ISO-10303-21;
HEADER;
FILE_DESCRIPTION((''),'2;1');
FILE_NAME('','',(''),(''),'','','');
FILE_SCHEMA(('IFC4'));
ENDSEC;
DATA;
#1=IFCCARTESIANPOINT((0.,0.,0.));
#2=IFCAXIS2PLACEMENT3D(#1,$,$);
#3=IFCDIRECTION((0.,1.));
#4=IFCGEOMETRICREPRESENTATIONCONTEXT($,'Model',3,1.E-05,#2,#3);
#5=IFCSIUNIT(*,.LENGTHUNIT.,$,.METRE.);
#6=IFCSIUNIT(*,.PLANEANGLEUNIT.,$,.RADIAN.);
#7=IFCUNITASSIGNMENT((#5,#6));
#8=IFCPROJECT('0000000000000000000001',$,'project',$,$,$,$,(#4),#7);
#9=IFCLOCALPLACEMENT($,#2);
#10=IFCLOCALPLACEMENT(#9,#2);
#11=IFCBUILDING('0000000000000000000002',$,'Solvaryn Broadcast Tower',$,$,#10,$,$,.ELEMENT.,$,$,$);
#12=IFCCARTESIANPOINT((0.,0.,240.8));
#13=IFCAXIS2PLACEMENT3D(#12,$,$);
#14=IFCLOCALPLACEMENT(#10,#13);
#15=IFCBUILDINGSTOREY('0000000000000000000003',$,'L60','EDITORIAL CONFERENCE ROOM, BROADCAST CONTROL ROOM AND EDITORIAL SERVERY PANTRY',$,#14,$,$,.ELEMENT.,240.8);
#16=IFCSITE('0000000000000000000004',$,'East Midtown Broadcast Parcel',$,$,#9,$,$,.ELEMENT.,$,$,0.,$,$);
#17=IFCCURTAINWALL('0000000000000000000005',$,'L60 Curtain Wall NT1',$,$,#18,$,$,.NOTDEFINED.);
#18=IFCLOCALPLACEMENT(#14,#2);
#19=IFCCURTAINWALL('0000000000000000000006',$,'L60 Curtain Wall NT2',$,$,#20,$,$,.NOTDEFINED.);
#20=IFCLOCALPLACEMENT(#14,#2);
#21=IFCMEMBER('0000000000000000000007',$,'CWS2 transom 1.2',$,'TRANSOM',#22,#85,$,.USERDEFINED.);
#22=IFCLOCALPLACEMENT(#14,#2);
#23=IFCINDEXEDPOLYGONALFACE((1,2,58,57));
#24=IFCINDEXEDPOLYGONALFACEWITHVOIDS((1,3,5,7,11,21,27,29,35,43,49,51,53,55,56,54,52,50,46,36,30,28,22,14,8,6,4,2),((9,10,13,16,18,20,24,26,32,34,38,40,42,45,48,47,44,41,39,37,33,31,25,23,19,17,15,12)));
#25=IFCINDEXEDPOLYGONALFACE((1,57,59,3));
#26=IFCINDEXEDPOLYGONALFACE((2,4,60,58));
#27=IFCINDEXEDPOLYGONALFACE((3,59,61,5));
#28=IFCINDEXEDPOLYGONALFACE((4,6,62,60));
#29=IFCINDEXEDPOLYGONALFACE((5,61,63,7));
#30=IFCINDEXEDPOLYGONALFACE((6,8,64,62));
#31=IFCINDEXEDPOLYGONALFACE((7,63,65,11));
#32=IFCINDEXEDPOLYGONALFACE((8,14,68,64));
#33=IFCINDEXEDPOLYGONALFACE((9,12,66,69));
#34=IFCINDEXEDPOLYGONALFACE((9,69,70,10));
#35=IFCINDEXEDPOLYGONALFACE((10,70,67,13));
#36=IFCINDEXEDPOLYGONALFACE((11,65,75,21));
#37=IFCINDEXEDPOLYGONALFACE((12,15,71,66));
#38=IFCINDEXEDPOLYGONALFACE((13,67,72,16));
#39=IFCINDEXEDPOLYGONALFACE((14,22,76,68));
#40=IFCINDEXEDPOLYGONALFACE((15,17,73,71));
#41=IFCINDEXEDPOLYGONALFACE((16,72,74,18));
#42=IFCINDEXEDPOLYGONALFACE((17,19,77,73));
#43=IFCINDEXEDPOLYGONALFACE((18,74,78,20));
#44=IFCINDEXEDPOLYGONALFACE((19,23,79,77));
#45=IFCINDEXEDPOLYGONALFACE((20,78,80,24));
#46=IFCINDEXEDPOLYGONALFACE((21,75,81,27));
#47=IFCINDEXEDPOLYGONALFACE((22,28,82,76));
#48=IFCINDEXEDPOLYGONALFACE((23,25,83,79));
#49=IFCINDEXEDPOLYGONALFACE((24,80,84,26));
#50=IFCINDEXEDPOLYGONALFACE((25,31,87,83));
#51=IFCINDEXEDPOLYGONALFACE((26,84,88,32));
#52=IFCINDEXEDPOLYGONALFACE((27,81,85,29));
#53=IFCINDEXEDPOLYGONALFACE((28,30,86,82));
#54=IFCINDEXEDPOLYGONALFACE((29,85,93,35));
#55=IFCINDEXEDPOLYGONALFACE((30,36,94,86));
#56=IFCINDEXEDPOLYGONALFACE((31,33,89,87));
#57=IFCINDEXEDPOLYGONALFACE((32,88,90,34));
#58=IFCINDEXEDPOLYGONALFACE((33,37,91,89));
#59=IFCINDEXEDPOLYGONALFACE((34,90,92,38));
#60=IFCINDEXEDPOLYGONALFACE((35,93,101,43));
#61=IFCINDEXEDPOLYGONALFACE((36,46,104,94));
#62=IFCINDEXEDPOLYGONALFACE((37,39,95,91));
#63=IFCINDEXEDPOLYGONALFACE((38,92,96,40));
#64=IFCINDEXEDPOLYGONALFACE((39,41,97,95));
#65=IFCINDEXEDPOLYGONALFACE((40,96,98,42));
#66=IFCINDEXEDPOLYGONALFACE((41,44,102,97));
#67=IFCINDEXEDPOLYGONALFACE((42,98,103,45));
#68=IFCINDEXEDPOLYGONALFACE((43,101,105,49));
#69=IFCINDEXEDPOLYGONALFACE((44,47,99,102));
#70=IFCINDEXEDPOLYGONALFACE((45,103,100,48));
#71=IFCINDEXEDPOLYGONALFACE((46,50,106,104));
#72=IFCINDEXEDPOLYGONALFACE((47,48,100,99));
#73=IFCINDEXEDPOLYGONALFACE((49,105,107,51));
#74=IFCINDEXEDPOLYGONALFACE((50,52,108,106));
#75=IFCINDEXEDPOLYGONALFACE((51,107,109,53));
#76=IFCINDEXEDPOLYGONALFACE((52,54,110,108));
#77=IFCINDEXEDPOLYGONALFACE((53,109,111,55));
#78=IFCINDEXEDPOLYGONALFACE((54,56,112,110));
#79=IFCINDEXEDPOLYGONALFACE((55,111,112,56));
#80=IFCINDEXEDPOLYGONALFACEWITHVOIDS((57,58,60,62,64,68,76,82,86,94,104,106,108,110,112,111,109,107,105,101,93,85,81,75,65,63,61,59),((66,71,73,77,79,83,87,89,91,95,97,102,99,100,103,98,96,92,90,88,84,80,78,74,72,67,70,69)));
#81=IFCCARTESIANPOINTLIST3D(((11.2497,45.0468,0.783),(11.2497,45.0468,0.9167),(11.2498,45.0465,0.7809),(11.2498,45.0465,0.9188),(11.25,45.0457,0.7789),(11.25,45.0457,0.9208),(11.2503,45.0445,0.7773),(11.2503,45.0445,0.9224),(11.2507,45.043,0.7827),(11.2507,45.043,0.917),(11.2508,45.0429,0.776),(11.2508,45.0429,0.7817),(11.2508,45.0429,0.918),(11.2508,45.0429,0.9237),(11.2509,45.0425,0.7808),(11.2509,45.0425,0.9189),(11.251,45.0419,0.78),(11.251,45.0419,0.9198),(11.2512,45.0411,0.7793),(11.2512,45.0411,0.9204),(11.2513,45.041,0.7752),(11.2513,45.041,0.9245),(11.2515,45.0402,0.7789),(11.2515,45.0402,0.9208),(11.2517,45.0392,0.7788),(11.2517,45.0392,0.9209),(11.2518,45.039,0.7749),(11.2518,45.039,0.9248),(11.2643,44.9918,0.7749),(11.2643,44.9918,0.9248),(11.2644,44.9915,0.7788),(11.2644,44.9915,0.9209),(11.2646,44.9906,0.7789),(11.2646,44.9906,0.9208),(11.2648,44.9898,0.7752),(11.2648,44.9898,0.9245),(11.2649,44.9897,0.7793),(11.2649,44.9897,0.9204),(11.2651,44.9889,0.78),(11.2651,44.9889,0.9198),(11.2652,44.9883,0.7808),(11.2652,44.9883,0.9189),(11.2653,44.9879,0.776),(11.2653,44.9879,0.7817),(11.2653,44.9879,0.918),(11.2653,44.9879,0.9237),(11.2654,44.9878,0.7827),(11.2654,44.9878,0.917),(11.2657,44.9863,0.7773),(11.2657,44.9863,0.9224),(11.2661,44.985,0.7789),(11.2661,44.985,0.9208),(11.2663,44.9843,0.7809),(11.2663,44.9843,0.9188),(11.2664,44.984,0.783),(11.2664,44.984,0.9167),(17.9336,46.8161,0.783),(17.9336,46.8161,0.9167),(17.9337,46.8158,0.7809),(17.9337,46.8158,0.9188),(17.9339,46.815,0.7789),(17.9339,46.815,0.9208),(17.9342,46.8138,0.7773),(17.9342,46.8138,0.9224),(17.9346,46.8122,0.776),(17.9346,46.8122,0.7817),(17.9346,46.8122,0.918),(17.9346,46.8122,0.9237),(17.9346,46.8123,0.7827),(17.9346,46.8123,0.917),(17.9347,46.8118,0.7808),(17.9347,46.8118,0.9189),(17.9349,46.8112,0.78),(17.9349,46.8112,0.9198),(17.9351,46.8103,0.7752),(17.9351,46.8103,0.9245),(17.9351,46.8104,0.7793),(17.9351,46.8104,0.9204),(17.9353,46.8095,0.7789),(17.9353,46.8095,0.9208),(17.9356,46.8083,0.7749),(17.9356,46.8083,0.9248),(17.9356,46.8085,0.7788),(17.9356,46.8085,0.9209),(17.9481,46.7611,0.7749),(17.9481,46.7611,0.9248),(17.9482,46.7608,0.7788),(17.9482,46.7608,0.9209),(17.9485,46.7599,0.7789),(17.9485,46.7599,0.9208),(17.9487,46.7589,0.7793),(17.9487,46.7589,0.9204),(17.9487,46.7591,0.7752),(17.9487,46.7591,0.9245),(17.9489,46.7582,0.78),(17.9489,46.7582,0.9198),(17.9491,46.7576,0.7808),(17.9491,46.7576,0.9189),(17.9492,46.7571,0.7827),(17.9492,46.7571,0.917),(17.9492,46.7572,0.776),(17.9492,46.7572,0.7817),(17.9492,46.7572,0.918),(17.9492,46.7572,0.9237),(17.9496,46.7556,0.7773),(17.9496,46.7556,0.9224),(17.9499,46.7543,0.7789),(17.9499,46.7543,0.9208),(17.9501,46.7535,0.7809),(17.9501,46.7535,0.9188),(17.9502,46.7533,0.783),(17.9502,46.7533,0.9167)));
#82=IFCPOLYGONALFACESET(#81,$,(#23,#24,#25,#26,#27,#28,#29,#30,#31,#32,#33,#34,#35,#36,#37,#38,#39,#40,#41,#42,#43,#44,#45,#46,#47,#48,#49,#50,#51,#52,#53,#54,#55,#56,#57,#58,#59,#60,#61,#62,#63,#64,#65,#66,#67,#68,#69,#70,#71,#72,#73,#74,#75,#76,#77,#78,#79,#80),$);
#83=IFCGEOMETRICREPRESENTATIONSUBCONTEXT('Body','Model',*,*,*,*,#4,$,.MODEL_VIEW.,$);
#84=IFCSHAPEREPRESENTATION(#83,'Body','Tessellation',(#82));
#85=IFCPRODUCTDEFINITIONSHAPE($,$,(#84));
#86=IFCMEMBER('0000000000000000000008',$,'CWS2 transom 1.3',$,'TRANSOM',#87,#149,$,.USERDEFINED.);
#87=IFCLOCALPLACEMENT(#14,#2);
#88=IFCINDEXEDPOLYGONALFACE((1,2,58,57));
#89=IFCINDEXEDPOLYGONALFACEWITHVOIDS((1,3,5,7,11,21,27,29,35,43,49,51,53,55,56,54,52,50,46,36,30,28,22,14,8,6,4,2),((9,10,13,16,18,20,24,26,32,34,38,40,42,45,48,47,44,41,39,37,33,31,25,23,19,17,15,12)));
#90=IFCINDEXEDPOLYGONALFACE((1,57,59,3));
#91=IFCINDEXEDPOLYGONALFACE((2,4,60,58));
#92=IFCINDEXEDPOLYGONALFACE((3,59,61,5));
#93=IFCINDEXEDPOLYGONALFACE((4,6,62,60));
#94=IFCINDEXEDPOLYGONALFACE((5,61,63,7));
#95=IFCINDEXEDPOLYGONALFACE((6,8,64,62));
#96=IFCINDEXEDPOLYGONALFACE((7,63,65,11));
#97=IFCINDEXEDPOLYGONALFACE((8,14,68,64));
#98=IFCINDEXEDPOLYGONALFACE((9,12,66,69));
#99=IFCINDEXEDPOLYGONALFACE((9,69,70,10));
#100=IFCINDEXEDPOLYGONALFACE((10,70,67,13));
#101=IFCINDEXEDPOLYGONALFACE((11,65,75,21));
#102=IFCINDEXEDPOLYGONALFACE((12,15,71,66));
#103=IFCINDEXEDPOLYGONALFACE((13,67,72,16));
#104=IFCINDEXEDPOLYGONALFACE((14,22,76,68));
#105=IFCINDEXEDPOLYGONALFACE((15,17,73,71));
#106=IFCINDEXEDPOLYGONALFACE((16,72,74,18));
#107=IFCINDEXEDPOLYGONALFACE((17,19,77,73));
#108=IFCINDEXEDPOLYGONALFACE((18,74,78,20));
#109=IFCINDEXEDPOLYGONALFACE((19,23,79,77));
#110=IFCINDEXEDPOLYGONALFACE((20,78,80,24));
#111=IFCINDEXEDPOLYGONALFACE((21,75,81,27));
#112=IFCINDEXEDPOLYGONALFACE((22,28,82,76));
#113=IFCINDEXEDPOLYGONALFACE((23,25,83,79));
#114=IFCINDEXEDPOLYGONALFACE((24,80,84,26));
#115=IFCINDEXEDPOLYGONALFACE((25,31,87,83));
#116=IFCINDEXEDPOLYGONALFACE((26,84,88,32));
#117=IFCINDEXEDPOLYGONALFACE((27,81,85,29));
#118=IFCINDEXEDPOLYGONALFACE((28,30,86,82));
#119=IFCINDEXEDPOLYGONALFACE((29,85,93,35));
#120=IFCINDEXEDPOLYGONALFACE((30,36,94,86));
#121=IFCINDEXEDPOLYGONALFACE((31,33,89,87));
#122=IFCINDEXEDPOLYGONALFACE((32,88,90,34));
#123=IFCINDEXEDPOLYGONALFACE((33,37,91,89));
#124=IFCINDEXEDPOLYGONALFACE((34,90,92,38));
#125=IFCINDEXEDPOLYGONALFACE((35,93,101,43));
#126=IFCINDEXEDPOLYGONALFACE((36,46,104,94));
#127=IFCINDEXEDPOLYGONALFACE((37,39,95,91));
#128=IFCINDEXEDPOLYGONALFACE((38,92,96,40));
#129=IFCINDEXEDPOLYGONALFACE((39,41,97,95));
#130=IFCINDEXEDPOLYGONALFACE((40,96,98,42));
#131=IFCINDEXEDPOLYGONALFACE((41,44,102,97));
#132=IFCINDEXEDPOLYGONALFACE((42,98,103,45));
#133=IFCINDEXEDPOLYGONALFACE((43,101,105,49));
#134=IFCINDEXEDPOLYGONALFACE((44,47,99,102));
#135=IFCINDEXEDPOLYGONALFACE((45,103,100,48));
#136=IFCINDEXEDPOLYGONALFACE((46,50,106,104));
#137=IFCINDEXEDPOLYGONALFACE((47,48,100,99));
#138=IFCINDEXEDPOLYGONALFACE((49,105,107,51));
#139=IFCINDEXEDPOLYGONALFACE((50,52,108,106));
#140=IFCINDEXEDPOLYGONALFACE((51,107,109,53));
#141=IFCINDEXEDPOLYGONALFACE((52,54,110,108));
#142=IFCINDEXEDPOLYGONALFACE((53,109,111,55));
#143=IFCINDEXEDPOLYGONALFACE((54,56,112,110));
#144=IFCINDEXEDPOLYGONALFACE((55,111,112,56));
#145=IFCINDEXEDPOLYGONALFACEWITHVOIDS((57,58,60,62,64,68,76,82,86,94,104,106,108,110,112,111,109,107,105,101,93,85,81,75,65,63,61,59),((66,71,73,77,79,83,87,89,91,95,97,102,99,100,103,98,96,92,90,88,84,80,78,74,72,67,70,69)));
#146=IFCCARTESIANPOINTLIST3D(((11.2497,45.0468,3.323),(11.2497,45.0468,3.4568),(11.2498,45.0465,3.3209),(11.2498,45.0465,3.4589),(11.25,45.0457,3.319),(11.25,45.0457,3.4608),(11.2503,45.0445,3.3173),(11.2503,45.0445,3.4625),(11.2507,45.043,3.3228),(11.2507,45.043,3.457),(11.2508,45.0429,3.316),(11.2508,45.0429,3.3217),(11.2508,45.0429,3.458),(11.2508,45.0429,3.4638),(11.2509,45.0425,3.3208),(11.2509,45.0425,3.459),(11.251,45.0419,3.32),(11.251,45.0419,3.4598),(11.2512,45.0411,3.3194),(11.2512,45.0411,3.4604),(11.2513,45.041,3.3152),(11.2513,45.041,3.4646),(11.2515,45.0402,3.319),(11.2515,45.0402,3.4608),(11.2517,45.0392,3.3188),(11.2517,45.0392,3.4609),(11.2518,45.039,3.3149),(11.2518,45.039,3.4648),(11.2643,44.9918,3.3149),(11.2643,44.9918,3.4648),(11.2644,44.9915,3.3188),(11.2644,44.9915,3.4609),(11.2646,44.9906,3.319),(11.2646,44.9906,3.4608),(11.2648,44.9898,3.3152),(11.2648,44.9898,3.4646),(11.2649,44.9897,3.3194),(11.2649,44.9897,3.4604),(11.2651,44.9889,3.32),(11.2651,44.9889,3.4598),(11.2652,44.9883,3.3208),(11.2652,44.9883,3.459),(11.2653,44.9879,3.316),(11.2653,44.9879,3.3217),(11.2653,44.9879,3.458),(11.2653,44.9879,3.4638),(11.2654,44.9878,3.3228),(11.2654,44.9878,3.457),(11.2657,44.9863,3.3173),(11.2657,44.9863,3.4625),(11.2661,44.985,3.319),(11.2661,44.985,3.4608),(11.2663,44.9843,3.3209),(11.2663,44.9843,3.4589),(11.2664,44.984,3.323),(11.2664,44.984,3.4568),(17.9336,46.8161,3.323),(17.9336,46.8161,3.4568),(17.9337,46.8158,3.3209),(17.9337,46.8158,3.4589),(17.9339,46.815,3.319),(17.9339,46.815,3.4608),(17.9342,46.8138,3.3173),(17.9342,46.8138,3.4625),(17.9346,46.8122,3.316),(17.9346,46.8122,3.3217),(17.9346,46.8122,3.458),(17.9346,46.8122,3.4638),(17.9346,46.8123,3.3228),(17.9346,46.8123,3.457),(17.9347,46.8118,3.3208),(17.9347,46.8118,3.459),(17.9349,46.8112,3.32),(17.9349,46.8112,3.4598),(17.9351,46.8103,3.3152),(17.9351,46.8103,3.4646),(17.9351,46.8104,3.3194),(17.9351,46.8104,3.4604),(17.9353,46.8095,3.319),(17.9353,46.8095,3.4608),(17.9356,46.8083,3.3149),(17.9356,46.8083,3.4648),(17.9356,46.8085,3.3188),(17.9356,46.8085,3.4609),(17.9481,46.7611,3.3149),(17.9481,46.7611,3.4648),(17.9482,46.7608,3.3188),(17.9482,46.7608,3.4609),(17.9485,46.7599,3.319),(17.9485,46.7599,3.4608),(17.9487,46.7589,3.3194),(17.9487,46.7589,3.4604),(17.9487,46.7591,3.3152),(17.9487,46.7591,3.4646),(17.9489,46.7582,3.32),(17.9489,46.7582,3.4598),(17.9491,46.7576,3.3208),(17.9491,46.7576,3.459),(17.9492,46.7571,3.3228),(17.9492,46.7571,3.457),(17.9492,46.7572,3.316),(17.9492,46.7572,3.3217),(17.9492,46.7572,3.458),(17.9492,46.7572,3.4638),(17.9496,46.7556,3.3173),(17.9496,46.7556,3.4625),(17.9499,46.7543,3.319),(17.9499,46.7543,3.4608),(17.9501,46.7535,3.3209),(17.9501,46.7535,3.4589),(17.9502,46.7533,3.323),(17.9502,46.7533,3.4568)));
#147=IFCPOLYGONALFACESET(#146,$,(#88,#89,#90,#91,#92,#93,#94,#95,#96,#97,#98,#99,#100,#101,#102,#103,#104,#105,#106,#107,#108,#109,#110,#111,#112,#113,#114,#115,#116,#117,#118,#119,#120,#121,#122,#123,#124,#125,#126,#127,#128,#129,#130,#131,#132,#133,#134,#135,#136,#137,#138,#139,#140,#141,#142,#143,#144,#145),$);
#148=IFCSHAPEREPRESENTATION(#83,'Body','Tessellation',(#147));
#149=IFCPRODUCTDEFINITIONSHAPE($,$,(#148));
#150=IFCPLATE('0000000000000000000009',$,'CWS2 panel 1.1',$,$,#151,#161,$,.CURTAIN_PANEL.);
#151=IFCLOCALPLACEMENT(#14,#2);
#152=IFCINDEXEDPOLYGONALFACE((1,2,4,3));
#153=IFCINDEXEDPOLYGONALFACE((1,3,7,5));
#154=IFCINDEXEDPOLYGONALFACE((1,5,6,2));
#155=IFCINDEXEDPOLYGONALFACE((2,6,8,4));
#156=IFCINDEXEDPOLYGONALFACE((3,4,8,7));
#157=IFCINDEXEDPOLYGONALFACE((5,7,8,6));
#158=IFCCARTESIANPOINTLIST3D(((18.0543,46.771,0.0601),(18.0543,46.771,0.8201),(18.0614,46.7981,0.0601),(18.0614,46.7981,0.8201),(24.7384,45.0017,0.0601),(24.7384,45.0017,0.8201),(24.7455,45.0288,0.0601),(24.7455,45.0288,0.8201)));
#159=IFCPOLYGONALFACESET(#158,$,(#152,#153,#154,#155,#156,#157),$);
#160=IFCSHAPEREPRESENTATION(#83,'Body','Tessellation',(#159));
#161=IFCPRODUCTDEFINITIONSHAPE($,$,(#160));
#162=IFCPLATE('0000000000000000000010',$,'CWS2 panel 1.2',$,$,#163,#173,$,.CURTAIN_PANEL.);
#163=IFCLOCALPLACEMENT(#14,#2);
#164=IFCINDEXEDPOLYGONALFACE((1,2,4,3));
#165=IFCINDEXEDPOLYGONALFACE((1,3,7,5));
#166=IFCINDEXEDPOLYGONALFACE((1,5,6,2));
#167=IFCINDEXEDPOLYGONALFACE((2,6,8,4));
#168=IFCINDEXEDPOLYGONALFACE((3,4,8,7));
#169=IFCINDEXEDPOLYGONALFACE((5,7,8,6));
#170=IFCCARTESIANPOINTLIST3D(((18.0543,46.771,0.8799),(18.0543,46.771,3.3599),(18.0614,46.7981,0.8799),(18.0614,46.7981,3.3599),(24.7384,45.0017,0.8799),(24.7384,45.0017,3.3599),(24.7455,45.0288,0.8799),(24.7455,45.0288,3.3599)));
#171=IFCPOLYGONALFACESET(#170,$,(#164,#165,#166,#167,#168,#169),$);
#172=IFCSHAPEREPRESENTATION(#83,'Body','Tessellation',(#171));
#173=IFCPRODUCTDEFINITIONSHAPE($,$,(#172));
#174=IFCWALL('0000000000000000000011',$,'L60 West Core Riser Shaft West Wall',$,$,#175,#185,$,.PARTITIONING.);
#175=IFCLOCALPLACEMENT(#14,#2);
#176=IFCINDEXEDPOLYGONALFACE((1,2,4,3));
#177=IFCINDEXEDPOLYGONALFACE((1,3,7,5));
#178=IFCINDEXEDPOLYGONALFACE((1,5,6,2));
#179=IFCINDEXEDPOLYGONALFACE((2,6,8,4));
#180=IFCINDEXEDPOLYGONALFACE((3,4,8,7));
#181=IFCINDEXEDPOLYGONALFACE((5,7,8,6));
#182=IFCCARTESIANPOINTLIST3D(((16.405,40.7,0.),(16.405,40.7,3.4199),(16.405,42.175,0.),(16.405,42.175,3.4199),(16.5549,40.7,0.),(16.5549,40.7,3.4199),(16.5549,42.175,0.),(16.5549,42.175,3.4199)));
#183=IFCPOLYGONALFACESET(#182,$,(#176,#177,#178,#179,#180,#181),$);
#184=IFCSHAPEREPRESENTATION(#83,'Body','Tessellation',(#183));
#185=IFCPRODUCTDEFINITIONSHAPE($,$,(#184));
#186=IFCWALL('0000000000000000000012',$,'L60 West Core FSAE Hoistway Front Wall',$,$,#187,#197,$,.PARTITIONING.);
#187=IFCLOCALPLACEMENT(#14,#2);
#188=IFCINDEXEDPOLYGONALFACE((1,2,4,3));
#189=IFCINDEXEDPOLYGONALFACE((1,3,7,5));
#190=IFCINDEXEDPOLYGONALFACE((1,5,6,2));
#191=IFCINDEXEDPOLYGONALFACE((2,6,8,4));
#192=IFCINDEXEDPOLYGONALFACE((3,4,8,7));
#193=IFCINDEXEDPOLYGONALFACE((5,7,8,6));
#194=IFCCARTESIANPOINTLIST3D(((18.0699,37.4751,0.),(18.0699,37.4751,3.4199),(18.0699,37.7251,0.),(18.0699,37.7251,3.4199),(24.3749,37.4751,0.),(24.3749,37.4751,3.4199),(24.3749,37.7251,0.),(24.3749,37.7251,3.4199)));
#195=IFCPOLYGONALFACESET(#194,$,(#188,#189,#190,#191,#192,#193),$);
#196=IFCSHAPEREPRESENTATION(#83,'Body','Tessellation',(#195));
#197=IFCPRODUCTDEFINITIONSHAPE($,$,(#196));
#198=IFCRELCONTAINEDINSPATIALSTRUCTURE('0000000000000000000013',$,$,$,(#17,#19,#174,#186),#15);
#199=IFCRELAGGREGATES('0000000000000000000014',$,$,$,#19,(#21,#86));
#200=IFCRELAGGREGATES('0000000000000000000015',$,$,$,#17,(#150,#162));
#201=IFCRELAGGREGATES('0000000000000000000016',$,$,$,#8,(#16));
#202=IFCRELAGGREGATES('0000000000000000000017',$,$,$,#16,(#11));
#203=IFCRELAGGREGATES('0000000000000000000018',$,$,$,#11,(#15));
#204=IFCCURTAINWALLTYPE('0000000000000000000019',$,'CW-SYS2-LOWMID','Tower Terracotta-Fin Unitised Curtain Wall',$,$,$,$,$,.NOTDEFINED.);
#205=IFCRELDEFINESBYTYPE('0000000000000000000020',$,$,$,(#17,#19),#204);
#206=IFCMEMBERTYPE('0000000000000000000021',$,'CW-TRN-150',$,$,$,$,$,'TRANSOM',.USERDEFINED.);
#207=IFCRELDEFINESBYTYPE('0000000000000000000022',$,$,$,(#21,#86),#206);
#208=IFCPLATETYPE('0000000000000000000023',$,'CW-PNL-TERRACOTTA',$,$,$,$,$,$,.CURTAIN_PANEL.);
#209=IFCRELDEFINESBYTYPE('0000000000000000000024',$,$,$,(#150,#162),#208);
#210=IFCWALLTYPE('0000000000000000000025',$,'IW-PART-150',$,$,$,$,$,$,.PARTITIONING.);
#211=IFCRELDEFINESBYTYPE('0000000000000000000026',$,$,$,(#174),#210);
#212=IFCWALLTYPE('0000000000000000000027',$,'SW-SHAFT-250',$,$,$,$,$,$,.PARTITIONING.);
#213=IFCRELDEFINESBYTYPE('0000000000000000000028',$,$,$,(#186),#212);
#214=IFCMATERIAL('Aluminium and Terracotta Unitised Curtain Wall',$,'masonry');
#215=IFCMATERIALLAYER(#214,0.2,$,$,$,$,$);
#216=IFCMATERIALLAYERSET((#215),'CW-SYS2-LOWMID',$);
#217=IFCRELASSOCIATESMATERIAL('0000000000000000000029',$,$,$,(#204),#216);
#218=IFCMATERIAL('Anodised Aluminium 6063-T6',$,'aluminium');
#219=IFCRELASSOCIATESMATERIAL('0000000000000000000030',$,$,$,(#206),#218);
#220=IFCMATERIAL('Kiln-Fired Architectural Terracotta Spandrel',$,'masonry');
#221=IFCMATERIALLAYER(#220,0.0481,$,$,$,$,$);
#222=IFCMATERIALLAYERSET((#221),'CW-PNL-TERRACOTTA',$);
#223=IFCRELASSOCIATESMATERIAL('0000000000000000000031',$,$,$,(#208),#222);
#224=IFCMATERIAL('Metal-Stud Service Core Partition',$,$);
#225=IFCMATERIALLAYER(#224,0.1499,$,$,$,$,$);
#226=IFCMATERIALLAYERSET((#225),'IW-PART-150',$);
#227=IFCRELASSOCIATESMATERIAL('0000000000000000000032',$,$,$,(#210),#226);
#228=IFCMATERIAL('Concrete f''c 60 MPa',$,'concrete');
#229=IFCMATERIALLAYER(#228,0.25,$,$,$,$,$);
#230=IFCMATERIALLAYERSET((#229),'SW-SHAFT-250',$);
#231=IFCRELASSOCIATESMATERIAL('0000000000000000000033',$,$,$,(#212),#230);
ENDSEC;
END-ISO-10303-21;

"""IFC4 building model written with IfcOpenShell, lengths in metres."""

from ifc_helpers import new_model, si_unit, direction, frame, frame_2d, origin, origin_2d, place, context, subcontext, project, spatial, rectangle, hollow_rectangle, extrude, material, layer, layer_set, material_profile, profile_set, type_object, element, aggregate, save


model = new_model("IFC4")

# Units and contexts
model_context = context("Model", 3, precision=1e-05, world=origin(), true_north=direction((0.0, 1.0)))
body_context = subcontext(model_context, "Body", "Model", "MODEL_VIEW")
ifc_project = project(units=[si_unit("LENGTHUNIT", "METRE"), si_unit("PLANEANGLEUNIT", "RADIAN")], contexts=[model_context])

# Site, building, storey
site_placement = place(None, origin())
site = spatial("IfcSite", under=ifc_project, at=site_placement, Name="East Midtown Broadcast Parcel", CompositionType="ELEMENT", RefElevation=0.0)
building_placement = place(site_placement, origin())
building = spatial("IfcBuilding", under=site, at=building_placement, Name="Solvaryn Broadcast Tower", CompositionType="ELEMENT")
storey_placement = place(building_placement, frame((0.0, 0.0, 240.8)))
storey = spatial("IfcBuildingStorey", under=building, at=storey_placement, Name="L60", Description="EDITORIAL CONFERENCE ROOM, BROADCAST CONTROL ROOM AND EDITORIAL SERVERY PANTRY", CompositionType="ELEMENT", Elevation=240.8)

# Curtain wall
ifc_material_1 = material(Name="Aluminium and Terracotta Unitised Curtain Wall", Category="masonry")
ifc_layer_1 = layer(ifc_material_1, 0.2)
ifc_layer_set_1 = layer_set([ifc_layer_1], Name="CW-SYS2-LOWMID")
curtain_wall_type = type_object("IfcCurtainWallType", Name="CW-SYS2-LOWMID", Description="Tower Terracotta-Fin Unitised Curtain Wall", PredefinedType="NOTDEFINED", material=ifc_layer_set_1)
curtain_wall_1_placement = place(storey_placement, origin())
curtain_wall_1 = element("IfcCurtainWall", 1, at=curtain_wall_1_placement, inside=storey, type_object=curtain_wall_type, Name="L60 Curtain Wall NT1", PredefinedType="NOTDEFINED")

# Curtain wall, members
curtain_wall_2_placement = place(storey_placement, origin())
curtain_wall_2 = element("IfcCurtainWall", 2, at=curtain_wall_2_placement, inside=storey, type_object=curtain_wall_type, Name="L60 Curtain Wall NT2", PredefinedType="NOTDEFINED")
ifc_material_2 = material(Name="Anodised Aluminium 6063-T6", Category="aluminium")
ifc_material_profile_1 = material_profile(ifc_material_2, hollow_rectangle(XDim=0.0649, YDim=0.1499, WallThickness=0.0039, InnerFilletRadius=0.0039, OuterFilletRadius=0.0081, at=origin_2d()))
ifc_profile_set_1 = profile_set([ifc_material_profile_1], Name="Anodised Aluminium 6063-T6")
member_type_1 = type_object("IfcMemberType", Name="CW-TRN-150", ElementType="TRANSOM", PredefinedType="USERDEFINED", material=ifc_profile_set_1)
member_1_placement = place(storey_placement, frame((17.9419, 46.7847, 0.8499), z_axis=(-0.966704, -0.255897, 0.0), x_axis=(0.255897, -0.966704, 0.0)))
member_1 = element("IfcMember", 3, at=member_1_placement, type_object=member_type_1, Name="CWS2 transom 1.2", ObjectType="TRANSOM", PredefinedType="USERDEFINED", context=body_context, shape_type="SweptSolid", body=[
    extrude(hollow_rectangle(XDim=0.0649, YDim=0.1499, WallThickness=0.0039, InnerFilletRadius=0.0039, OuterFilletRadius=0.0081, at=origin_2d()), origin(), (0.0, 0.0, 1.0), 6.9141),
])
member_2_placement = place(storey_placement, frame((17.9419, 46.7847, 3.3899), z_axis=(-0.966704, -0.255897, 0.0), x_axis=(0.255897, -0.966704, 0.0)))
member_2 = element("IfcMember", 4, at=member_2_placement, type_object=member_type_1, Name="CWS2 transom 1.3", ObjectType="TRANSOM", PredefinedType="USERDEFINED", context=body_context, shape_type="SweptSolid", body=[
    extrude(hollow_rectangle(XDim=0.0649, YDim=0.1499, WallThickness=0.0039, InnerFilletRadius=0.0039, OuterFilletRadius=0.0081, at=origin_2d()), origin(), (0.0, 0.0, 1.0), 6.9141),
])
aggregate(curtain_wall_2, [member_1, member_2])

# Plates
ifc_material_3 = material(Name="Kiln-Fired Architectural Terracotta Spandrel", Category="masonry")
ifc_layer_2 = layer(ifc_material_3, 0.0481)
ifc_layer_set_2 = layer_set([ifc_layer_2], Name="CW-PNL-TERRACOTTA")
plate_type = type_object("IfcPlateType", Name="CW-PNL-TERRACOTTA", PredefinedType="CURTAIN_PANEL", material=ifc_layer_set_2)
plate_1_placement = place(storey_placement, frame((21.3999, 45.8999, 0.0601), z_axis=(0.0, 0.0, 1.0), x_axis=(-0.966705, 0.255893, 0.0)))
plate_1 = element("IfcPlate", 5, at=plate_1_placement, type_object=plate_type, Name="CWS2 panel 1.1", PredefinedType="CURTAIN_PANEL", context=body_context, shape_type="SweptSolid", body=[
    extrude(rectangle(XDim=6.9143, YDim=0.0281, at=origin_2d()), origin(), (0.0, 0.0, 1.0), 0.76),
])
plate_2_placement = place(storey_placement, frame((21.3999, 45.8999, 0.8799), z_axis=(0.0, 0.0, 1.0), x_axis=(-0.966705, 0.255893, 0.0)))
plate_2 = element("IfcPlate", 6, at=plate_2_placement, type_object=plate_type, Name="CWS2 panel 1.2", PredefinedType="CURTAIN_PANEL", context=body_context, shape_type="SweptSolid", body=[
    extrude(rectangle(XDim=6.9143, YDim=0.0281, at=origin_2d()), origin(), (0.0, 0.0, 1.0), 2.48),
])
aggregate(curtain_wall_1, [plate_1, plate_2])

# Walls
ifc_material_4 = material(Name="Metal-Stud Service Core Partition")
ifc_layer_3 = layer(ifc_material_4, 0.1499)
ifc_layer_set_3 = layer_set([ifc_layer_3], Name="IW-PART-150")
wall_type_1 = type_object("IfcWallType", Name="IW-PART-150", PredefinedType="PARTITIONING", material=ifc_layer_set_3)
wall_1_placement = place(storey_placement, frame((16.48, 40.7, 0.0), z_axis=(0.0, 0.0, 1.0), x_axis=(0.0, 1.0, 0.0)))
element("IfcWall", 7, at=wall_1_placement, inside=storey, type_object=wall_type_1, Name="L60 West Core Riser Shaft West Wall", PredefinedType="PARTITIONING", context=body_context, shape_type="SweptSolid", body=[
    extrude(rectangle(XDim=1.4751, YDim=0.1499, at=frame_2d((0.7375, 0.0))), origin(), (0.0, 0.0, 1.0), 3.4199),
])
ifc_material_5 = material(Name="Concrete f'c 60 MPa", Category="concrete")
ifc_layer_4 = layer(ifc_material_5, 0.25)
ifc_layer_set_4 = layer_set([ifc_layer_4], Name="SW-SHAFT-250")
wall_type_2 = type_object("IfcWallType", Name="SW-SHAFT-250", PredefinedType="PARTITIONING", material=ifc_layer_set_4)
wall_2_placement = place(storey_placement, frame((18.0701, 37.6001, 0.0), z_axis=(0.0, 0.0, 1.0), x_axis=(1.0, 0.0, 0.0)))
element("IfcWall", 8, at=wall_2_placement, inside=storey, type_object=wall_type_2, Name="L60 West Core FSAE Hoistway Front Wall", PredefinedType="PARTITIONING", context=body_context, shape_type="SweptSolid", body=[
    extrude(rectangle(XDim=6.3049, YDim=0.25, at=frame_2d((3.1523, 0.0))), origin(), (0.0, 0.0, 1.0), 3.4199),
])

save(model, "model.ifc")
